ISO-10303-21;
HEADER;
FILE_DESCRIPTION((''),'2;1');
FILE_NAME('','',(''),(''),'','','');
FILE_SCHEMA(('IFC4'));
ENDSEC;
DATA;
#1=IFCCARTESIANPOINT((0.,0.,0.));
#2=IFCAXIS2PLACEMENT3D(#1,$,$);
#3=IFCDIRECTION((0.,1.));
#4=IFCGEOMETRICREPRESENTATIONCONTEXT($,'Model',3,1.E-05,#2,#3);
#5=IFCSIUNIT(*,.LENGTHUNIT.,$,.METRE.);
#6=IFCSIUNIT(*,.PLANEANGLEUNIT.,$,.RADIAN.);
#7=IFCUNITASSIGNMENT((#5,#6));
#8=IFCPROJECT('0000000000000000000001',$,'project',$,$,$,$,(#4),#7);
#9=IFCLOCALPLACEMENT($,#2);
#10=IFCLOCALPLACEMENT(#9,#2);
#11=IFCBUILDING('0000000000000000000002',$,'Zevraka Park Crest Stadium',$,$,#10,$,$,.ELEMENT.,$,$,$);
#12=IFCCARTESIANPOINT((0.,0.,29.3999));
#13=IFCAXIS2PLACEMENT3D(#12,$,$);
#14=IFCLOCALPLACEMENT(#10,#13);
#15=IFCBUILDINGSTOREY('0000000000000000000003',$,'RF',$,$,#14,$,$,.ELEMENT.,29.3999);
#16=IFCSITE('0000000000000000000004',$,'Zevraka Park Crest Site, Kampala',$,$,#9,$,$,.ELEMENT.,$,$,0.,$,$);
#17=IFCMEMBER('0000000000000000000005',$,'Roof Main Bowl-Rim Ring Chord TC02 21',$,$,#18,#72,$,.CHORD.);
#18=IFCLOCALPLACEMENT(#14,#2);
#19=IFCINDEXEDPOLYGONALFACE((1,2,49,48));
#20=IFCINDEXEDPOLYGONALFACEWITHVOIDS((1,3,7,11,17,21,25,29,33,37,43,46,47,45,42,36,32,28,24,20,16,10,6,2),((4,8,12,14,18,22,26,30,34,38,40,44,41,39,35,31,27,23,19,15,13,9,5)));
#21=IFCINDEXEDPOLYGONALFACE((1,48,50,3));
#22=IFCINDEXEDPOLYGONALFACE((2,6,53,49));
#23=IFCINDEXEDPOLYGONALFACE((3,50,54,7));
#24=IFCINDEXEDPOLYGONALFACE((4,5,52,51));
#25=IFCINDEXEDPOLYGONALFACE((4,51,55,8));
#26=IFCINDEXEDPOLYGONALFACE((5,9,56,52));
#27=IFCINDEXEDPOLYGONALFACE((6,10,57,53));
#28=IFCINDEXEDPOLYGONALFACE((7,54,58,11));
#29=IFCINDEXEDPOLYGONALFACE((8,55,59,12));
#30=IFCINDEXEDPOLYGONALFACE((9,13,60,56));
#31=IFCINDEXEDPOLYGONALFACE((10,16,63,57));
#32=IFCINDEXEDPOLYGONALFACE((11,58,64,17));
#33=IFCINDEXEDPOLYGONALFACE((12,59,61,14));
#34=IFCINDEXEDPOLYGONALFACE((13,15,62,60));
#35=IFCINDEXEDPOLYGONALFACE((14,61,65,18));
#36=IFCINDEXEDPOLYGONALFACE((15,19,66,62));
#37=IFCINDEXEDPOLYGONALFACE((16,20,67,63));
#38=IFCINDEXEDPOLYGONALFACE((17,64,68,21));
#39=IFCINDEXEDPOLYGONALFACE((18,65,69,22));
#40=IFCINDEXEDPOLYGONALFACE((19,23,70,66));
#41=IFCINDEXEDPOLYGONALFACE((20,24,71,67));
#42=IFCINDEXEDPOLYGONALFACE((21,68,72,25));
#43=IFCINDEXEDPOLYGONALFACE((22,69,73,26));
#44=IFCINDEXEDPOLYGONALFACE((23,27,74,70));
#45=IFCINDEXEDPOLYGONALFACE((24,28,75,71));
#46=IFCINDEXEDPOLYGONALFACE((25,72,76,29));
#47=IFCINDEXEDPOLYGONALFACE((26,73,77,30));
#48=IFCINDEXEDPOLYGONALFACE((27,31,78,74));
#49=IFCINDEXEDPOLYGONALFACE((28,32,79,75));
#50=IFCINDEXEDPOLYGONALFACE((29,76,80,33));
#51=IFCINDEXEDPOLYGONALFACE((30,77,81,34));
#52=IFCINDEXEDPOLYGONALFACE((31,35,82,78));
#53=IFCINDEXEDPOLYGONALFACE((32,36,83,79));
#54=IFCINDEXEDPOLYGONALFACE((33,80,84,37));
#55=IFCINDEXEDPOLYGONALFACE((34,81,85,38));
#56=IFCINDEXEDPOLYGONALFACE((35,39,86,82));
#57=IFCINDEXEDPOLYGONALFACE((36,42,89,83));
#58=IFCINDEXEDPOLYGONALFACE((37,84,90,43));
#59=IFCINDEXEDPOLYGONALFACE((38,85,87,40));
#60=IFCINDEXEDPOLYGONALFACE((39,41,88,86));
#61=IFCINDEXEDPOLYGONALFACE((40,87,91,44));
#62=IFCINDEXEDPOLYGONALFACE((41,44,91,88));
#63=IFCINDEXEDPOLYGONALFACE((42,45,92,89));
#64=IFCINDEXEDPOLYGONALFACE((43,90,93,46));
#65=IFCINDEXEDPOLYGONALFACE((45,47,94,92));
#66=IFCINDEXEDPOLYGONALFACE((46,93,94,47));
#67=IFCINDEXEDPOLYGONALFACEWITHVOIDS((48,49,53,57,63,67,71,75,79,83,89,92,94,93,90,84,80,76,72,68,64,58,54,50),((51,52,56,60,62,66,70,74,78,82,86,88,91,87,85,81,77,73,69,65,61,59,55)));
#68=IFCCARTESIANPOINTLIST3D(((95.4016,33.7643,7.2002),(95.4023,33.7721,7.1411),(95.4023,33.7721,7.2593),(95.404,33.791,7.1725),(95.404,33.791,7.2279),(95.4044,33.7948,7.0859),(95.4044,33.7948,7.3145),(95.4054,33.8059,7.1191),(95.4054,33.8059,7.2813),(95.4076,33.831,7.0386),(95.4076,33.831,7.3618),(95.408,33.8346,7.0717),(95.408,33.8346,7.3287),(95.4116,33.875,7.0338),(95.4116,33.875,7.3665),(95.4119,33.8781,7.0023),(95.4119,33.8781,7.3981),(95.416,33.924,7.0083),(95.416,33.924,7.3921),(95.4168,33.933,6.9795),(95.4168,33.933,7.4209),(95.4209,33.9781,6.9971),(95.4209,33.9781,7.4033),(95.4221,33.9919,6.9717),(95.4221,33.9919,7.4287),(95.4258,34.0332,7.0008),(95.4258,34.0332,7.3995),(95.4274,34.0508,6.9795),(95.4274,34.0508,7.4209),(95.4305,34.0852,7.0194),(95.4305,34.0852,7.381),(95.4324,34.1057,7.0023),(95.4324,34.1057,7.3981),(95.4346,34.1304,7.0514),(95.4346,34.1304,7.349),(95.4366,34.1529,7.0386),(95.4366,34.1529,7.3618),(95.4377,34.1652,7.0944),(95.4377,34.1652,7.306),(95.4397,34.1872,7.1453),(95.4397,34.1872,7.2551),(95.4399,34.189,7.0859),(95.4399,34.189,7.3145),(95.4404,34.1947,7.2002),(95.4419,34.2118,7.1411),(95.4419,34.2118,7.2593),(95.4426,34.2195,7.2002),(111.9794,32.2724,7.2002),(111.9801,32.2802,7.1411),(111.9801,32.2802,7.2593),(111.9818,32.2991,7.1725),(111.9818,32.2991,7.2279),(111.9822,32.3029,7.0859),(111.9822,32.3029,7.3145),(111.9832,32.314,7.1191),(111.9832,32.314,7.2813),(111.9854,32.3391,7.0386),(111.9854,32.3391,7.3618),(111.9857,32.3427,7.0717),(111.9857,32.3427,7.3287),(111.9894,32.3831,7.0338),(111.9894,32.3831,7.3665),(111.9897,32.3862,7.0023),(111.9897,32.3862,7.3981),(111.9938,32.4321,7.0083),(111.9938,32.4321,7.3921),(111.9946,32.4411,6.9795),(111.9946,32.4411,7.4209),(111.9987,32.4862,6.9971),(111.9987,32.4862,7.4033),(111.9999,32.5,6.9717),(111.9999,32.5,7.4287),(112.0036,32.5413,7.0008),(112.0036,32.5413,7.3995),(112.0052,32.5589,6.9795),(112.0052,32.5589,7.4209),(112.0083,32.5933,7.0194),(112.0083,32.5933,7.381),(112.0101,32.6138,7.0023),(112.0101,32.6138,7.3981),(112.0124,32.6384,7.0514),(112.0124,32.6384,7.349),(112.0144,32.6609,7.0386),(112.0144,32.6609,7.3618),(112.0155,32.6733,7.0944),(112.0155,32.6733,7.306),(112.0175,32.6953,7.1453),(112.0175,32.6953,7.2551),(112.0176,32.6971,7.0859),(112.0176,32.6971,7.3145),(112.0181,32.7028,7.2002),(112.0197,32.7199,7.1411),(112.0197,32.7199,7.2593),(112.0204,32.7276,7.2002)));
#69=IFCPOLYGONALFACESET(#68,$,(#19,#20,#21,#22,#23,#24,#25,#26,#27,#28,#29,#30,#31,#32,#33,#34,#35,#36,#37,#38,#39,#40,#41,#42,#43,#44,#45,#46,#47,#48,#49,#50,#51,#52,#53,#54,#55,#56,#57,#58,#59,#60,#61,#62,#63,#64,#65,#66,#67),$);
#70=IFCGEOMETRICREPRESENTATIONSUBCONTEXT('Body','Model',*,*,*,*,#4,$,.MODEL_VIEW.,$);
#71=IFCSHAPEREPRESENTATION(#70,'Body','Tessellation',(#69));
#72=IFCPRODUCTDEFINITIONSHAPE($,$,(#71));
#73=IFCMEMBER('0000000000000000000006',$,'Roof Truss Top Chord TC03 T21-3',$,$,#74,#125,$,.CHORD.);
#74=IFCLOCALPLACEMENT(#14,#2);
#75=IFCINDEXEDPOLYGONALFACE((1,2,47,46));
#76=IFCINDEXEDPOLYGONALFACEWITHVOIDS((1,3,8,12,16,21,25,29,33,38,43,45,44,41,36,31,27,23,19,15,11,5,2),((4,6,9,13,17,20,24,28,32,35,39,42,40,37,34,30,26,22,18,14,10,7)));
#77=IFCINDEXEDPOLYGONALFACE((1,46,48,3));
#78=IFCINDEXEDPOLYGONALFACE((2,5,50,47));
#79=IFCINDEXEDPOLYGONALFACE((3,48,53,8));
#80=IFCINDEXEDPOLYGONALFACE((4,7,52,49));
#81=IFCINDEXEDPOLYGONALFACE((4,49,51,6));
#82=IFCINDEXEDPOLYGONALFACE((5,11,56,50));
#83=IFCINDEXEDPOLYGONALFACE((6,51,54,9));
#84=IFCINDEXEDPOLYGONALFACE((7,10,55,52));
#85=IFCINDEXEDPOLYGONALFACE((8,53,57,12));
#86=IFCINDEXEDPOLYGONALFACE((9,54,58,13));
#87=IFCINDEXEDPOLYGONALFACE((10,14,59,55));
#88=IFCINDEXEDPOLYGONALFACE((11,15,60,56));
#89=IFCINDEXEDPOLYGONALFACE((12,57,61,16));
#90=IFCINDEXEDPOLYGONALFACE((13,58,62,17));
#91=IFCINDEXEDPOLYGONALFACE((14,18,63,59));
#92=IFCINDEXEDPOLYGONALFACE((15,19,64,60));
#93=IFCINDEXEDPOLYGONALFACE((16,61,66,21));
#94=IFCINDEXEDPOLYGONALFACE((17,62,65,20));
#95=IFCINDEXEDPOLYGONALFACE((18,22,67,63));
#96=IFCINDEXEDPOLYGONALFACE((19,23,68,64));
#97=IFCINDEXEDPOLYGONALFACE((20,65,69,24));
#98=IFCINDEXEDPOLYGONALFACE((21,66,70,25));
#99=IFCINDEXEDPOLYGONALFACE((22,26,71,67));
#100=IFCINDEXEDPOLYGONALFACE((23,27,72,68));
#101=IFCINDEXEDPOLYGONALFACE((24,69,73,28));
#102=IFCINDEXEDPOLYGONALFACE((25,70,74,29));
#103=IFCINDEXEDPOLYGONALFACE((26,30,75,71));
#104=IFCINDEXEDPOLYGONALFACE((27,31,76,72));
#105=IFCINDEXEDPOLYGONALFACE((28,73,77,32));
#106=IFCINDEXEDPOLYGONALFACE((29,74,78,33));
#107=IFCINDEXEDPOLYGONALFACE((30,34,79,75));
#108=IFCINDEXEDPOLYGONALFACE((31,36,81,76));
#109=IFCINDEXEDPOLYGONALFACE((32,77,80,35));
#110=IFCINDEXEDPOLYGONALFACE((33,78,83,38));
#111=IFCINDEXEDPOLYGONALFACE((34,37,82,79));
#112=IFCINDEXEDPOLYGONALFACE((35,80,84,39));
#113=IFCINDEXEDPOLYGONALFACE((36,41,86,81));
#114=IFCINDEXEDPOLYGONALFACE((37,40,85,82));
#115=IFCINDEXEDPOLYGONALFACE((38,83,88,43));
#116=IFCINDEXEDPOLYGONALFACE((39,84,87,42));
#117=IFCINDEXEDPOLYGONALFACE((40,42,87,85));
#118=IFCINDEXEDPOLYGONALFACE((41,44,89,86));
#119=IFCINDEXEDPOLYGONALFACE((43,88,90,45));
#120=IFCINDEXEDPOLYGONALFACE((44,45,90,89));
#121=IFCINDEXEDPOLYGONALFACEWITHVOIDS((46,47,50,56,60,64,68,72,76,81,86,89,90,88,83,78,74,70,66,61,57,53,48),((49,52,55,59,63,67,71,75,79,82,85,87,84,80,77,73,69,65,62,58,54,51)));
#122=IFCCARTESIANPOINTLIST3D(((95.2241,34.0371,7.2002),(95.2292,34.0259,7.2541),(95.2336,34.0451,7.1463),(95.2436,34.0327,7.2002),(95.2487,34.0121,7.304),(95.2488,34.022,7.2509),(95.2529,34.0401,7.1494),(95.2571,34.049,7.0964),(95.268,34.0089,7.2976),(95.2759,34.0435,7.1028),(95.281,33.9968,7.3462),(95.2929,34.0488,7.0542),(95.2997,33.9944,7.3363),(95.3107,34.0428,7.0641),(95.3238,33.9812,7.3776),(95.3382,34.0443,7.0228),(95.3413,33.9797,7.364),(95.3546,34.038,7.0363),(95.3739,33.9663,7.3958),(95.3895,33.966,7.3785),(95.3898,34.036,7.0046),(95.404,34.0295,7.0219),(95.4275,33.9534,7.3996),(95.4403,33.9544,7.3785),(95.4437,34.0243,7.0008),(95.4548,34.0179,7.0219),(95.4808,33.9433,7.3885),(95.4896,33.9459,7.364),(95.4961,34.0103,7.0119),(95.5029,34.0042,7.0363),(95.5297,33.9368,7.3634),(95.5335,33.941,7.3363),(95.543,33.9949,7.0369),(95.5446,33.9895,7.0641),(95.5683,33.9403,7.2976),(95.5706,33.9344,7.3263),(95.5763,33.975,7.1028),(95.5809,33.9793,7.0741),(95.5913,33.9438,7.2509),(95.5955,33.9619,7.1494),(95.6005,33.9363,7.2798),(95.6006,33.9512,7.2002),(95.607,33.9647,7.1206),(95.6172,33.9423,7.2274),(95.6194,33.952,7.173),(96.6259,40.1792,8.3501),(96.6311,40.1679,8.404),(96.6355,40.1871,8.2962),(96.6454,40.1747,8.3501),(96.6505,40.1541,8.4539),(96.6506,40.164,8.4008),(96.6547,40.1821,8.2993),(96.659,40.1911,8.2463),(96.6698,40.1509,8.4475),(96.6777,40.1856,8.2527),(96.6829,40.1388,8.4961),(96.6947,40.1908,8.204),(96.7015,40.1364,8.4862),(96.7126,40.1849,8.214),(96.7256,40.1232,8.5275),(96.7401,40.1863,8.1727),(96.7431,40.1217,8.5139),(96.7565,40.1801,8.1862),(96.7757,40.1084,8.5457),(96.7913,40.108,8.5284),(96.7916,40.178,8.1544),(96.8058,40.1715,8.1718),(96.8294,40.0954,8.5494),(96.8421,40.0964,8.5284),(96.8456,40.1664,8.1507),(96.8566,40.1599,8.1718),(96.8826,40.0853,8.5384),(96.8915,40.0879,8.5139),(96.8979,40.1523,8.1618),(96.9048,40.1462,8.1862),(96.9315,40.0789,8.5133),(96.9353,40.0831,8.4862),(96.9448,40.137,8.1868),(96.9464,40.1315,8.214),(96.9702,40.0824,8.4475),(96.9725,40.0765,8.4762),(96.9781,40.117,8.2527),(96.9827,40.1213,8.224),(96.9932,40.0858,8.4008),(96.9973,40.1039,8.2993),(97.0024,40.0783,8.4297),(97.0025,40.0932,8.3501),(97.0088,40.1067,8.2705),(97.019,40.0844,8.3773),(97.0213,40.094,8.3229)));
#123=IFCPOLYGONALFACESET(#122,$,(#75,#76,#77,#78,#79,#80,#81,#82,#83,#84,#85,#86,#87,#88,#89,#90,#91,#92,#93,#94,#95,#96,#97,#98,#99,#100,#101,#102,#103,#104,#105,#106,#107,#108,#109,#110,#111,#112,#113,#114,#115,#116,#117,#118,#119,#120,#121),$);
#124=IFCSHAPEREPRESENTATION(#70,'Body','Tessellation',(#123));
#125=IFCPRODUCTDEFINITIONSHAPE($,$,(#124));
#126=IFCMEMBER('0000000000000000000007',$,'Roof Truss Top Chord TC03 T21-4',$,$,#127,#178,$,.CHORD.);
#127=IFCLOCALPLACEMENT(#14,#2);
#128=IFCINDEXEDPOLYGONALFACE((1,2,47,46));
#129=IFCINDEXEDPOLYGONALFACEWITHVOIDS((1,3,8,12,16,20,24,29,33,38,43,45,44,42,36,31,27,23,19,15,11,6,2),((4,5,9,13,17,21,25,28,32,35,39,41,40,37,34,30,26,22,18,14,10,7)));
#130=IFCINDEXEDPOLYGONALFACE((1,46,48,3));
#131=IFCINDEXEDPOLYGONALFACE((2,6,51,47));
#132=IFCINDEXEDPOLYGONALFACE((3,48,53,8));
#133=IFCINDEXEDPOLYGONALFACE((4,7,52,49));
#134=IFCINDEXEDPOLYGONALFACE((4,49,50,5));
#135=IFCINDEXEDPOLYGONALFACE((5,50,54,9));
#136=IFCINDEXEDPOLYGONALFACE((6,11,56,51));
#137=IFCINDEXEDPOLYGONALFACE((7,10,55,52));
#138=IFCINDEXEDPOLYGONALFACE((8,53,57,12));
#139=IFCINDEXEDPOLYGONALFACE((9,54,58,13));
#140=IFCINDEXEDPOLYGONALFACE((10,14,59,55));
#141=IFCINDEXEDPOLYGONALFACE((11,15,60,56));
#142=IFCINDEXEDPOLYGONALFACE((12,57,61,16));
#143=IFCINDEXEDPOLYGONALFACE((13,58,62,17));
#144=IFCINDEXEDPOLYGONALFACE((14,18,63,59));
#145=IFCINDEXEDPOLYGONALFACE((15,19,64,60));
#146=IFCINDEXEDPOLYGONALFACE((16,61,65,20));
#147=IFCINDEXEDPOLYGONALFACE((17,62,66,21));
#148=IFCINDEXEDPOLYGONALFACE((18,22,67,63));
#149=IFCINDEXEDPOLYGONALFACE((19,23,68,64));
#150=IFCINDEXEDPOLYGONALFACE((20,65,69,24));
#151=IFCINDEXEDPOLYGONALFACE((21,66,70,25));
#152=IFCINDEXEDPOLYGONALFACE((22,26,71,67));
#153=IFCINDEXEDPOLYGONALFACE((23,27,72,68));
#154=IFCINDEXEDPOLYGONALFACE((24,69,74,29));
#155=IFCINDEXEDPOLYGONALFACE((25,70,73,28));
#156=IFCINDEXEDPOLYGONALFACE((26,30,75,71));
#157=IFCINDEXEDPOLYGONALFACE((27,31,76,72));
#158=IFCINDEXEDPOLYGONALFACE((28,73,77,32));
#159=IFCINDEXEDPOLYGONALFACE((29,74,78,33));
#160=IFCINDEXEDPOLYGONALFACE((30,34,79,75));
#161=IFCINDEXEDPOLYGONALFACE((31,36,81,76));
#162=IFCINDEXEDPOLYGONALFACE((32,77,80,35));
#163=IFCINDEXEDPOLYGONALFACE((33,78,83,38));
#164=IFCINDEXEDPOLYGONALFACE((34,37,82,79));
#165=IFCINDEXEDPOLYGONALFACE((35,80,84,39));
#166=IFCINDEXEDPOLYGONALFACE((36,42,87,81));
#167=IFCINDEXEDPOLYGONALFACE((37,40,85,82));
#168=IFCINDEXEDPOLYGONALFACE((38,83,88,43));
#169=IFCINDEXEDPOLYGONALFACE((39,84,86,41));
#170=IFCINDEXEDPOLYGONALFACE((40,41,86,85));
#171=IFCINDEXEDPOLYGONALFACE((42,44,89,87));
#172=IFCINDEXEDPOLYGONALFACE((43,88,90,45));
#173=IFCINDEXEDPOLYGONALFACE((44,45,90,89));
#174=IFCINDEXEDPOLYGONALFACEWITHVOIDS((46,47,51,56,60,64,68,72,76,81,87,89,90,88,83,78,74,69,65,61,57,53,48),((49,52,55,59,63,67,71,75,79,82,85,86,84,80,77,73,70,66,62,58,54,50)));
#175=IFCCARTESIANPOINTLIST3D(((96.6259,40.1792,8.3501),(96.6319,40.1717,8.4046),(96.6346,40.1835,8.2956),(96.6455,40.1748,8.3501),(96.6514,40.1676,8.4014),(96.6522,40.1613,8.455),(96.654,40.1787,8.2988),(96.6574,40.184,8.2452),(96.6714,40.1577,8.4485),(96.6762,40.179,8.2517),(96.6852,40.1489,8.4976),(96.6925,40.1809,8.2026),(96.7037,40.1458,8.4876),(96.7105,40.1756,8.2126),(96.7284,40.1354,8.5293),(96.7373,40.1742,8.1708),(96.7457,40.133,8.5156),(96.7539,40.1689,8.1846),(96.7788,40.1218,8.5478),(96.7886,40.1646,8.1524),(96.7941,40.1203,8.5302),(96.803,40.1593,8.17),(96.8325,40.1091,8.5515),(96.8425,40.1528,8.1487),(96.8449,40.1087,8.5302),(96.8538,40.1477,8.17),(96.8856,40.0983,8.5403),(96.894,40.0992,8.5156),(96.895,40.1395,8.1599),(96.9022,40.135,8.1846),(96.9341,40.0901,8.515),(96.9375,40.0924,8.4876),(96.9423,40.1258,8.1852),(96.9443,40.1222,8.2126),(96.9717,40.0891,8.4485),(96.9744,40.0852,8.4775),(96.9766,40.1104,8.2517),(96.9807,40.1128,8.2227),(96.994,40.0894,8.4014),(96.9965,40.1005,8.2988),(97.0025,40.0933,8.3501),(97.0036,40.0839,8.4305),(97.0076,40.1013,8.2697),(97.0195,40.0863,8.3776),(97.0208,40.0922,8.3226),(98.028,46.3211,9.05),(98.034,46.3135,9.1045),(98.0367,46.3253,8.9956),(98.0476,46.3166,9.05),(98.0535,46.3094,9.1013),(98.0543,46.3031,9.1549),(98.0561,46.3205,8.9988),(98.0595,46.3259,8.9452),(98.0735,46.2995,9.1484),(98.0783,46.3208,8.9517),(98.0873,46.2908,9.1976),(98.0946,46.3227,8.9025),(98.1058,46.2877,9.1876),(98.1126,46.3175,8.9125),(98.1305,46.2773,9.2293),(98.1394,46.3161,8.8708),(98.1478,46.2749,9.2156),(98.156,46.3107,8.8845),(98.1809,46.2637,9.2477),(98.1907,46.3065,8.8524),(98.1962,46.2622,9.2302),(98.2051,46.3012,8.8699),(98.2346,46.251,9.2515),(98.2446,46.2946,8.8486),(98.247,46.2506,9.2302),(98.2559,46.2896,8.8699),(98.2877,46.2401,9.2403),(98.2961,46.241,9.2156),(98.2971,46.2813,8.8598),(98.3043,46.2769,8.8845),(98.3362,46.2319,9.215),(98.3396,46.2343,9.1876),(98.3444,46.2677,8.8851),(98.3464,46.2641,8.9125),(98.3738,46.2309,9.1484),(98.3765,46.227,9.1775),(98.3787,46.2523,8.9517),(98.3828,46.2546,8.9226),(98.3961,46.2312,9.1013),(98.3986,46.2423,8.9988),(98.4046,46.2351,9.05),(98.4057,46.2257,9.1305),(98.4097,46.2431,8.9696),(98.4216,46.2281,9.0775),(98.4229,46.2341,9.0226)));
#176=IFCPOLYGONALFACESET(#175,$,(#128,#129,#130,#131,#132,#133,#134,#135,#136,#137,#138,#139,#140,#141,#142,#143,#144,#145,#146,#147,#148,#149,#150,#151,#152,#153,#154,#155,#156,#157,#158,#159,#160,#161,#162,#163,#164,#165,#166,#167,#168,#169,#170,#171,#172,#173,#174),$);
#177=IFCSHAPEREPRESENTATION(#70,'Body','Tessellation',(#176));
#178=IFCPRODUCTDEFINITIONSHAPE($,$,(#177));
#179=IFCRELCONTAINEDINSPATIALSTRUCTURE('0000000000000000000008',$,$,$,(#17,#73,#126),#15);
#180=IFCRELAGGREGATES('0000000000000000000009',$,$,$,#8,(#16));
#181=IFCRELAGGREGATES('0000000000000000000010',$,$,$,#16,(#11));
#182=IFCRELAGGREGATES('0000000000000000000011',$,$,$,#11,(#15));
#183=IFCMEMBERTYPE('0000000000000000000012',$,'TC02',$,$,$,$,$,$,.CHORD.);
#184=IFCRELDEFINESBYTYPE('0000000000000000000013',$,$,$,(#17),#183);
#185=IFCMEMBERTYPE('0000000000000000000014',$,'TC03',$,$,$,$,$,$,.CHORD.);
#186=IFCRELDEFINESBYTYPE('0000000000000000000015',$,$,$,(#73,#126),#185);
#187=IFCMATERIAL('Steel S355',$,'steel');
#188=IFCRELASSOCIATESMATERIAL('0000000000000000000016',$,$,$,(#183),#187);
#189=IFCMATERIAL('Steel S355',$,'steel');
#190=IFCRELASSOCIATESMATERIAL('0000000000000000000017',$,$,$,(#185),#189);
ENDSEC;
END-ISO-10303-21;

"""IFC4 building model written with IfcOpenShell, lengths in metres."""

from ifc_helpers import new_model, si_unit, direction, frame, origin, origin_2d, place, context, subcontext, project, spatial, hollow_circle, extrude, material, material_profile, profile_set, type_object, element, save


model = new_model("IFC4")

# Units and contexts
model_context = context("Model", 3, precision=1e-05, world=origin(), true_north=direction((0.0, 1.0)))
body_context = subcontext(model_context, "Body", "Model", "MODEL_VIEW")
ifc_project = project(units=[si_unit("LENGTHUNIT", "METRE"), si_unit("PLANEANGLEUNIT", "RADIAN")], contexts=[model_context])

# Site, building, storey
site_placement = place(None, origin())
site = spatial("IfcSite", under=ifc_project, at=site_placement, Name="Zevraka Park Crest Site, Kampala", CompositionType="ELEMENT", RefElevation=0.0)
building_placement = place(site_placement, origin())
building = spatial("IfcBuilding", under=site, at=building_placement, Name="Zevraka Park Crest Stadium", CompositionType="ELEMENT")
storey_placement = place(building_placement, frame((0.0, 0.0, 29.3999)))
storey = spatial("IfcBuildingStorey", under=building, at=storey_placement, Name="RF", CompositionType="ELEMENT", Elevation=29.3999)

# Members
ifc_material_1 = material(Name="Steel S355", Category="steel")
ifc_material_profile_1 = material_profile(ifc_material_1, hollow_circle(Radius=0.2285, WallThickness=0.0249, at=origin_2d()), Name="CHS 457.0x25")
ifc_profile_set_1 = profile_set([ifc_material_profile_1], Name="Steel S355")
member_type_1 = type_object("IfcMemberType", Name="TC02", PredefinedType="CHORD", material=ifc_profile_set_1)
member_1_placement = place(storey_placement, frame((95.4221, 33.9919, 7.2002), z_axis=(0.995975, -0.089634, 0.0), x_axis=(0.089634, 0.995975, 0.0)))
element("IfcMember", 1, at=member_1_placement, inside=storey, type_object=member_type_1, Name="Roof Main Bowl-Rim Ring Chord TC02 21", PredefinedType="CHORD", context=body_context, shape_type="SweptSolid", body=[
    extrude(hollow_circle(Radius=0.2285, WallThickness=0.0249, at=origin_2d()), origin(), (0.0, 0.0, 1.0), 16.6448),
])
ifc_material_2 = material(Name="Steel S355", Category="steel")
ifc_material_profile_2 = material_profile(ifc_material_2, hollow_circle(Radius=0.2031, WallThickness=0.02, at=origin_2d()), Name="CHS 406.4x20")
ifc_profile_set_2 = profile_set([ifc_material_profile_2], Name="Steel S355")
member_type_2 = type_object("IfcMemberType", Name="TC03", PredefinedType="CHORD", material=ifc_profile_set_2)
member_2_placement = place(storey_placement, frame((95.4221, 33.9919, 7.2002), z_axis=(0.218899, 0.959084, 0.179557), x_axis=(-0.974929, 0.222515, 0.0)))
element("IfcMember", 2, at=member_2_placement, inside=storey, type_object=member_type_2, Name="Roof Truss Top Chord TC03 T21-3", PredefinedType="CHORD", context=body_context, shape_type="SweptSolid", body=[
    extrude(hollow_circle(Radius=0.2031, WallThickness=0.02, at=origin_2d()), origin(), (0.0, 0.0, 1.0), 6.4041),
])
member_3_placement = place(storey_placement, frame((96.824, 40.134, 8.3501), z_axis=(0.2212, 0.968957, 0.110426), x_axis=(-0.974919, 0.222561, 0.0)))
element("IfcMember", 3, at=member_3_placement, inside=storey, type_object=member_type_2, Name="Roof Truss Top Chord TC03 T21-4", PredefinedType="CHORD", context=body_context, shape_type="SweptSolid", body=[
    extrude(hollow_circle(Radius=0.2031, WallThickness=0.02, at=origin_2d()), origin(), (0.0, 0.0, 1.0), 6.3386),
])

save(model, "model.ifc")
